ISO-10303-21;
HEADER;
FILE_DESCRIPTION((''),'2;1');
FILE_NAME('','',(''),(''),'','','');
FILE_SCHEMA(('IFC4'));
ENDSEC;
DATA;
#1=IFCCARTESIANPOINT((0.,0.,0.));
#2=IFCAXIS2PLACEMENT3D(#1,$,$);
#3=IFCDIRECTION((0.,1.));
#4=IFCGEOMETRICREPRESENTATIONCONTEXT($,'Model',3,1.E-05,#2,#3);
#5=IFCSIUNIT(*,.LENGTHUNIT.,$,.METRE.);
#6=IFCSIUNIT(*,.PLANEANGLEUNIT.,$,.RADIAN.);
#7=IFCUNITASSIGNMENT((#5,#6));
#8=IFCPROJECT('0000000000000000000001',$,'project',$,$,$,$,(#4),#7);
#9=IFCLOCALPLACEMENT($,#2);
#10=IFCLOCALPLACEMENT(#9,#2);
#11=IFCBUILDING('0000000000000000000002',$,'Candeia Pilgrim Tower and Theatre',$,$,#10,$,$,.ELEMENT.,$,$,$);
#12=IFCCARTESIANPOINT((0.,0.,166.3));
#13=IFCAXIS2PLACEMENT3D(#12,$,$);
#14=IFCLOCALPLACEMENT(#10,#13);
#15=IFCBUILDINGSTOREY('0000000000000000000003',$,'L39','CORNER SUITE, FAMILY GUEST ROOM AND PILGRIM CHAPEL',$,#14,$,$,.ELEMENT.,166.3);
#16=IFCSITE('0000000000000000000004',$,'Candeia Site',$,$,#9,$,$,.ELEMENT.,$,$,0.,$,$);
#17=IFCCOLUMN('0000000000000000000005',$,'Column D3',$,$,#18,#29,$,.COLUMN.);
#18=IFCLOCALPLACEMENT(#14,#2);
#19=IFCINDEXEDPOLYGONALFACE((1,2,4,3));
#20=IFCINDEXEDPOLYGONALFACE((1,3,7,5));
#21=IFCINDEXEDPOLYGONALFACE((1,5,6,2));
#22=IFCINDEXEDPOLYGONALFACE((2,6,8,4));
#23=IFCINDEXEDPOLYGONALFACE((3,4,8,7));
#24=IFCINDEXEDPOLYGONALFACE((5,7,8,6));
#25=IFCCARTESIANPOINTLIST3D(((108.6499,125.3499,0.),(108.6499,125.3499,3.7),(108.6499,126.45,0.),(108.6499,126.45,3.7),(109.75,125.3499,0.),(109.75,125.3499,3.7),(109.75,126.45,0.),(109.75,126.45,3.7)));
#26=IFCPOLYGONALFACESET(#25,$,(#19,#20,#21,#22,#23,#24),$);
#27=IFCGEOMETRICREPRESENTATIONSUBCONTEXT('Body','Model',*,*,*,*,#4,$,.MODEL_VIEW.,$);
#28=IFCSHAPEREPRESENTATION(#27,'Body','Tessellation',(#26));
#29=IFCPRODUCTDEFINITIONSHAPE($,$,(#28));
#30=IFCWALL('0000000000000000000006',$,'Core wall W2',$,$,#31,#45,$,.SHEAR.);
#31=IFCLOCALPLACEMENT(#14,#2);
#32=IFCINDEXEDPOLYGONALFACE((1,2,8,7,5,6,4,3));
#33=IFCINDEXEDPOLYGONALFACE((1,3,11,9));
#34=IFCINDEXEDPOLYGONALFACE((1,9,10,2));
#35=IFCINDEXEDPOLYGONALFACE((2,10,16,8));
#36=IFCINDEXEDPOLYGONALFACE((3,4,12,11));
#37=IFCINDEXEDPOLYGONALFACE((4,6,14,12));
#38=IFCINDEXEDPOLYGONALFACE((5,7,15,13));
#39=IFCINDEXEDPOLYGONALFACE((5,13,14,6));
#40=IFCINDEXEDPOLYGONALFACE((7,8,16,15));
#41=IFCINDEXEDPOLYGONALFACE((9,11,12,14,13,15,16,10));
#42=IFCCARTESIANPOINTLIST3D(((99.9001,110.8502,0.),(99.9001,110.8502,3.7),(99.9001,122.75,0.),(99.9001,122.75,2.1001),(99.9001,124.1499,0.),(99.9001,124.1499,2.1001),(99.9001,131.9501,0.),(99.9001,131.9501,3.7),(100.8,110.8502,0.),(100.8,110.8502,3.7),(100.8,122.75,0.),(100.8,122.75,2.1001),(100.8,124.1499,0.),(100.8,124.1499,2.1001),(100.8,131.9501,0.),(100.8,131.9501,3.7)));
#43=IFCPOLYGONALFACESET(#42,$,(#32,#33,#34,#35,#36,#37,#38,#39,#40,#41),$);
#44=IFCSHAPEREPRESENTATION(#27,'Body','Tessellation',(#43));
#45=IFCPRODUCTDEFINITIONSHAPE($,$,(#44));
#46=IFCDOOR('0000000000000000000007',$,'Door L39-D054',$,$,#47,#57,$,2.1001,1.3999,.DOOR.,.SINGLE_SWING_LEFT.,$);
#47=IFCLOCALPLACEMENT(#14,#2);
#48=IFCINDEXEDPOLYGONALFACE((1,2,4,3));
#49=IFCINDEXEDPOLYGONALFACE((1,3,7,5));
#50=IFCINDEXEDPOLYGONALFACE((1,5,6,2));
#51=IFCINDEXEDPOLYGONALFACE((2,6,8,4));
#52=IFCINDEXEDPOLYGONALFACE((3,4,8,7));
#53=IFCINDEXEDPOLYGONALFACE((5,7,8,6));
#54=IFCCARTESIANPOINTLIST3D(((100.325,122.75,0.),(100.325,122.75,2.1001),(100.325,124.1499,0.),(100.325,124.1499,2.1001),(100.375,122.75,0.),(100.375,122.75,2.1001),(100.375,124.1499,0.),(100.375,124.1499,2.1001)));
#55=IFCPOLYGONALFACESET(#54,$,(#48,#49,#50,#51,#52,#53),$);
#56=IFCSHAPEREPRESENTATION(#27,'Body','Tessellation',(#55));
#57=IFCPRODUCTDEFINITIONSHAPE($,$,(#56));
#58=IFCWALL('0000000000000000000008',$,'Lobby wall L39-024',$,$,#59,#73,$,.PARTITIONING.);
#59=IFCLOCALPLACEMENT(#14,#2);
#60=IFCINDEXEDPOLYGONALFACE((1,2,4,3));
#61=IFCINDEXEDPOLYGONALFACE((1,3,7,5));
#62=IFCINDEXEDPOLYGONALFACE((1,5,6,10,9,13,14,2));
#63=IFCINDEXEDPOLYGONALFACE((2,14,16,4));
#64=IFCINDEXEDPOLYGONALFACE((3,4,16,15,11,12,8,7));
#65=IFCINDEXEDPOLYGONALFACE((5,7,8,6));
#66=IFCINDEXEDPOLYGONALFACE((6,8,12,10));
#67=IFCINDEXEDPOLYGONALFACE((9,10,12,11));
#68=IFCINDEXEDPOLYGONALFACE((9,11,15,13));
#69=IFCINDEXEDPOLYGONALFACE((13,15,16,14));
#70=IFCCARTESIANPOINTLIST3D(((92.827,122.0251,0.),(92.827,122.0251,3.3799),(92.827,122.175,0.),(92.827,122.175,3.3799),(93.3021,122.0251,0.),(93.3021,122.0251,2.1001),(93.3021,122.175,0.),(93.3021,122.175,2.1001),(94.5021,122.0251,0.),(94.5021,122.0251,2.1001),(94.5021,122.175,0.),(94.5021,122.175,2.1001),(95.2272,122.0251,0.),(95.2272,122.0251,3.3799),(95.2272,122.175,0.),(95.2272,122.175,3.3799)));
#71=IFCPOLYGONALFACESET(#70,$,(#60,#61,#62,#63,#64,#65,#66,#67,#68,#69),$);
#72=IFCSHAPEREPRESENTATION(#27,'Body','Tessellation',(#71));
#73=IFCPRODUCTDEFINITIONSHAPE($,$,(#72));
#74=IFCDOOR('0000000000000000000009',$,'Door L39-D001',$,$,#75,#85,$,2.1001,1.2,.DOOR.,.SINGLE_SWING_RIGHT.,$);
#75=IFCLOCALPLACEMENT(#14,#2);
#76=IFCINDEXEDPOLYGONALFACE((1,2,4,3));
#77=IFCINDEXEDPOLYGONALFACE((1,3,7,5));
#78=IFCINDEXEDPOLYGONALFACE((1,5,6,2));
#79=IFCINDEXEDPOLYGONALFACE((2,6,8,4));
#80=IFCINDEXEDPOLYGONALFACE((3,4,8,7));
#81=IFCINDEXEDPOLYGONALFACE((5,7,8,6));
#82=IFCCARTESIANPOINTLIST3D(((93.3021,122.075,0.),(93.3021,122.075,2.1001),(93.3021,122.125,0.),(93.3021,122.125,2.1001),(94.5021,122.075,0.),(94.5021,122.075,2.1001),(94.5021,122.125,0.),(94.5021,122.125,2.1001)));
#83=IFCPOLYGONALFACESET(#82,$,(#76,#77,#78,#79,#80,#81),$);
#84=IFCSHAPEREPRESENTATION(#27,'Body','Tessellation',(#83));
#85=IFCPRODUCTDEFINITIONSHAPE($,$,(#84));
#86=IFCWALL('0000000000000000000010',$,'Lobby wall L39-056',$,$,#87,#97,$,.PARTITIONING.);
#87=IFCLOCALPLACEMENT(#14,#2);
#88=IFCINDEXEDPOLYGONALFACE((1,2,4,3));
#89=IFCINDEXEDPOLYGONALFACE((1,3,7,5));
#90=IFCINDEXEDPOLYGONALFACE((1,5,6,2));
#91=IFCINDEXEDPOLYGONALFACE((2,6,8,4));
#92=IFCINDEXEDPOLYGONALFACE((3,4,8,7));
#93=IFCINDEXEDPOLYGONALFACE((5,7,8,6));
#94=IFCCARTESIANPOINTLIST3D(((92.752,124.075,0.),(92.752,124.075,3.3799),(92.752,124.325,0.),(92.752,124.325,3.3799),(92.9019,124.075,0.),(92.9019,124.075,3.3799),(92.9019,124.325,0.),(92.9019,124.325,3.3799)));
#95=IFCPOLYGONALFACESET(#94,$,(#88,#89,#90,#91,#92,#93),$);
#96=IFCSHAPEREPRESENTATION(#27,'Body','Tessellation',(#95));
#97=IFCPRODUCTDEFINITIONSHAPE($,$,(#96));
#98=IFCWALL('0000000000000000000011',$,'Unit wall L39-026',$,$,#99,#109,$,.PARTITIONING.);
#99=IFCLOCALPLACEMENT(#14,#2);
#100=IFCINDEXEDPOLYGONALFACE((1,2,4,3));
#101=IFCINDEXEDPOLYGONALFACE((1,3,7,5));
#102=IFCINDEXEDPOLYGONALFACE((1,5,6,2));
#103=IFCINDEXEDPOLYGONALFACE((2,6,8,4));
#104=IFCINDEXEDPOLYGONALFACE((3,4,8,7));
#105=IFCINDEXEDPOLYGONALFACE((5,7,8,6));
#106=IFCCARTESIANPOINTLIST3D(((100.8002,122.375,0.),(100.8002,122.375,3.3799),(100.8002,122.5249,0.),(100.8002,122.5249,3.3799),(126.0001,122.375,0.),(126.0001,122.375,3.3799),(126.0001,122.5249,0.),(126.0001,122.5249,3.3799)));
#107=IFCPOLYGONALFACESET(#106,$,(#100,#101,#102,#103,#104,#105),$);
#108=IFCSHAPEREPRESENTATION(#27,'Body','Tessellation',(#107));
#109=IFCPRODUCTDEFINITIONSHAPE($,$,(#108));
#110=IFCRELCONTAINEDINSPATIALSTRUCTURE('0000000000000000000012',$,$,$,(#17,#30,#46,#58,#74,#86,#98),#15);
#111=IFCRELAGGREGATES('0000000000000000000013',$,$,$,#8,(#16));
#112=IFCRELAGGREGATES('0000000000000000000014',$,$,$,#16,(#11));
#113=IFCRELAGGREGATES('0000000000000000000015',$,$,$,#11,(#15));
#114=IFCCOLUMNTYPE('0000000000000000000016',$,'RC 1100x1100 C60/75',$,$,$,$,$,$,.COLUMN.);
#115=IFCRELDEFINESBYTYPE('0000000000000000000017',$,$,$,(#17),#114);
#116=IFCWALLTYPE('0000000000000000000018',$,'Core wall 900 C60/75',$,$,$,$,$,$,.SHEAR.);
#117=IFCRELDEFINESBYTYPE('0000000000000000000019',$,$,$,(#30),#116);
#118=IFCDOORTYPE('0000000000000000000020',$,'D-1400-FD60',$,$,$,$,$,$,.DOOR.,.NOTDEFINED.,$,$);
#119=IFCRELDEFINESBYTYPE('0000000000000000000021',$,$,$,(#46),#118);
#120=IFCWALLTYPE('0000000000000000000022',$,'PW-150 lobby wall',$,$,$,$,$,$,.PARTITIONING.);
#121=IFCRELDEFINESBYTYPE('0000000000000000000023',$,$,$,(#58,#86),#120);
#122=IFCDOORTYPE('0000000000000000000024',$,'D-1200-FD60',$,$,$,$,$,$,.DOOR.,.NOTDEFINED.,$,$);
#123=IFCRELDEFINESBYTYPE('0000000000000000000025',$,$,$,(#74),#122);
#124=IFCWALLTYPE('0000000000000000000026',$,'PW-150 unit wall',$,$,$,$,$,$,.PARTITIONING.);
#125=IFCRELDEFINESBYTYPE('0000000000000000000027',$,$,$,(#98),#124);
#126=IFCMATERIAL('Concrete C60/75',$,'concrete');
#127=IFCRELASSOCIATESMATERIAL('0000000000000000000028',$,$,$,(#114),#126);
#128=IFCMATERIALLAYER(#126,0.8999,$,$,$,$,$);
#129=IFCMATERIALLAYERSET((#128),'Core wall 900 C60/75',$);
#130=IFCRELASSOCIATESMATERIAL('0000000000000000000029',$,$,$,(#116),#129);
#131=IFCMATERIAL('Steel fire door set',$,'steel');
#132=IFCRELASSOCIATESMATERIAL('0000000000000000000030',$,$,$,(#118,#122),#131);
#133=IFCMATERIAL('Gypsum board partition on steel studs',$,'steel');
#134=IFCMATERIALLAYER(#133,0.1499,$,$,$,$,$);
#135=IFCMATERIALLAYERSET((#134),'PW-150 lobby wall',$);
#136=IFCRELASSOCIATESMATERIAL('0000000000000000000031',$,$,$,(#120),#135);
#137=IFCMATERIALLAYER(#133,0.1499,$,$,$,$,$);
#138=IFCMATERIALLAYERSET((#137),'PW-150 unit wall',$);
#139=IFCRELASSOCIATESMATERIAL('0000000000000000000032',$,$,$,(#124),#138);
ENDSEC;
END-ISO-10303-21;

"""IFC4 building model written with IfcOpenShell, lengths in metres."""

from ifc_helpers import new_model, si_unit, direction, frame, frame_2d, origin, origin_2d, place, context, subcontext, project, spatial, rectangle, extrude, material, layer, layer_set, material_profile, profile_set, type_object, element, fill, save


model = new_model("IFC4")

# Units and contexts
model_context = context("Model", 3, precision=1e-05, world=origin(), true_north=direction((0.0, 1.0)))
body_context = subcontext(model_context, "Body", "Model", "MODEL_VIEW")
ifc_project = project(units=[si_unit("LENGTHUNIT", "METRE"), si_unit("PLANEANGLEUNIT", "RADIAN")], contexts=[model_context])

# Site, building, storey
site_placement = place(None, origin())
site = spatial("IfcSite", under=ifc_project, at=site_placement, Name="Candeia Site", CompositionType="ELEMENT", RefElevation=0.0)
building_placement = place(site_placement, origin())
building = spatial("IfcBuilding", under=site, at=building_placement, Name="Candeia Pilgrim Tower and Theatre", CompositionType="ELEMENT")
storey_placement = place(building_placement, frame((0.0, 0.0, 166.3)))
storey = spatial("IfcBuildingStorey", under=building, at=storey_placement, Name="L39", Description="CORNER SUITE, FAMILY GUEST ROOM AND PILGRIM CHAPEL", CompositionType="ELEMENT", Elevation=166.3)

# Column
ifc_material_1 = material(Name="Concrete C60/75", Category="concrete")
ifc_material_profile = material_profile(ifc_material_1, rectangle(XDim=1.1001, YDim=1.1001, at=origin_2d()))
ifc_profile_set = profile_set([ifc_material_profile], Name="Concrete C60/75")
column_type = type_object("IfcColumnType", Name="RC 1100x1100 C60/75", PredefinedType="COLUMN", material=ifc_profile_set)
column_placement = place(storey_placement, frame((109.2, 125.8999, 0.0), z_axis=(0.0, 0.0, 1.0), x_axis=(1.0, 0.0, 0.0)))
element("IfcColumn", 1, at=column_placement, inside=storey, type_object=column_type, Name="Column D3", PredefinedType="COLUMN", context=body_context, shape_type="SweptSolid", body=[
    extrude(rectangle(XDim=1.1001, YDim=1.1001, at=origin_2d()), origin(), (0.0, 0.0, 1.0), 3.7),
])

# Walls, openings, doors
ifc_layer_1 = layer(ifc_material_1, 0.8999)
ifc_layer_set_1 = layer_set([ifc_layer_1], Name="Core wall 900 C60/75")
wall_type_1 = type_object("IfcWallType", Name="Core wall 900 C60/75", PredefinedType="SHEAR", material=ifc_layer_set_1)
wall_1_placement = place(storey_placement, frame((100.3501, 131.95, 0.0), z_axis=(0.0, 0.0, 1.0), x_axis=(0.0, -1.0, 0.0)))
wall_1 = element("IfcWall", 2, at=wall_1_placement, inside=storey, type_object=wall_type_1, Name="Core wall W2", PredefinedType="SHEAR", context=body_context, shape_type="SweptSolid", body=[
    extrude(rectangle(XDim=21.0999, YDim=0.8999, at=frame_2d((10.5498, 0.0))), origin(), (0.0, 0.0, 1.0), 3.7),
])
opening_1_placement = place(wall_1_placement, frame((7.8, 0.0, 0.0)))
opening_1 = element("IfcOpeningElement", 3, at=opening_1_placement, cuts=wall_1, PredefinedType="OPENING", context=body_context, shape_type="SweptSolid", body=[
    extrude(rectangle(XDim=1.3999, YDim=2.1001, at=frame_2d((0.7, 1.05))), frame((0.0, 0.46, 0.0), z_axis=(0.0, -1.0, 0.0), x_axis=(1.0, 0.0, 0.0)), (0.0, 0.0, 1.0), 0.9199),
])
ifc_material_2 = material(Name="Steel fire door set", Category="steel")
door_type_1 = type_object("IfcDoorType", Name="D-1400-FD60", OperationType="NOTDEFINED", PredefinedType="DOOR", material=ifc_material_2)
door_1_placement = place(opening_1_placement, origin())
door_1 = element("IfcDoor", 4, at=door_1_placement, inside=storey, type_object=door_type_1, Name="Door L39-D054", OperationType="SINGLE_SWING_LEFT", OverallHeight=2.1001, OverallWidth=1.3999, PredefinedType="DOOR", context=body_context, shape_type="SweptSolid", body=[
    extrude(rectangle(XDim=1.3999, YDim=2.1001, at=frame_2d((0.7, 1.05))), frame((0.0, 0.0249, 0.0), z_axis=(0.0, -1.0, 0.0), x_axis=(1.0, 0.0, 0.0)), (0.0, 0.0, 1.0), 0.05),
])
fill(opening_1, door_1)
ifc_material_3 = material(Name="Gypsum board partition on steel studs", Category="steel")
ifc_layer_2 = layer(ifc_material_3, 0.1499)
ifc_layer_set_2 = layer_set([ifc_layer_2], Name="PW-150 lobby wall")
wall_type_2 = type_object("IfcWallType", Name="PW-150 lobby wall", PredefinedType="PARTITIONING", material=ifc_layer_set_2)
wall_2_placement = place(storey_placement, frame((92.8269, 122.1001, 0.0), z_axis=(0.0, 0.0, 1.0), x_axis=(1.0, 0.0, 0.0)))
wall_2 = element("IfcWall", 5, at=wall_2_placement, inside=storey, type_object=wall_type_2, Name="Lobby wall L39-024", PredefinedType="PARTITIONING", context=body_context, shape_type="SweptSolid", body=[
    extrude(rectangle(XDim=2.4001, YDim=0.1499, at=frame_2d((1.2002, 0.0))), origin(), (0.0, 0.0, 1.0), 3.3799),
])
opening_2_placement = place(wall_2_placement, frame((0.4751, 0.0, 0.0)))
opening_2 = element("IfcOpeningElement", 6, at=opening_2_placement, cuts=wall_2, PredefinedType="OPENING", context=body_context, shape_type="SweptSolid", body=[
    extrude(rectangle(XDim=1.2, YDim=2.1001, at=frame_2d((0.6001, 1.05))), frame((0.0, 0.085, 0.0), z_axis=(0.0, -1.0, 0.0), x_axis=(1.0, 0.0, 0.0)), (0.0, 0.0, 1.0), 0.1699),
])
door_type_2 = type_object("IfcDoorType", Name="D-1200-FD60", OperationType="NOTDEFINED", PredefinedType="DOOR", material=ifc_material_2)
door_2_placement = place(opening_2_placement, origin())
door_2 = element("IfcDoor", 7, at=door_2_placement, inside=storey, type_object=door_type_2, Name="Door L39-D001", OperationType="SINGLE_SWING_RIGHT", OverallHeight=2.1001, OverallWidth=1.2, PredefinedType="DOOR", context=body_context, shape_type="SweptSolid", body=[
    extrude(rectangle(XDim=1.2, YDim=2.1001, at=frame_2d((0.6001, 1.05))), frame((0.0, 0.0249, 0.0), z_axis=(0.0, -1.0, 0.0), x_axis=(1.0, 0.0, 0.0)), (0.0, 0.0, 1.0), 0.05),
])
fill(opening_2, door_2)

# Walls
wall_3_placement = place(storey_placement, frame((92.8269, 124.075, 0.0), z_axis=(0.0, 0.0, 1.0), x_axis=(0.0, 1.0, 0.0)))
element("IfcWall", 8, at=wall_3_placement, inside=storey, type_object=wall_type_2, Name="Lobby wall L39-056", PredefinedType="PARTITIONING", context=body_context, shape_type="SweptSolid", body=[
    extrude(rectangle(XDim=0.25, YDim=0.1499, at=frame_2d((0.125, 0.0))), origin(), (0.0, 0.0, 1.0), 3.3799),
])
ifc_layer_3 = layer(ifc_material_3, 0.1499)
ifc_layer_set_3 = layer_set([ifc_layer_3], Name="PW-150 unit wall")
wall_type_3 = type_object("IfcWallType", Name="PW-150 unit wall", PredefinedType="PARTITIONING", material=ifc_layer_set_3)
wall_4_placement = place(storey_placement, frame((100.8, 122.45, 0.0), z_axis=(0.0, 0.0, 1.0), x_axis=(1.0, 0.0, 0.0)))
element("IfcWall", 9, at=wall_4_placement, inside=storey, type_object=wall_type_3, Name="Unit wall L39-026", PredefinedType="PARTITIONING", context=body_context, shape_type="SweptSolid", body=[
    extrude(rectangle(XDim=25.2, YDim=0.1499, at=frame_2d((12.6001, 0.0))), origin(), (0.0, 0.0, 1.0), 3.3799),
])

save(model, "model.ifc")
